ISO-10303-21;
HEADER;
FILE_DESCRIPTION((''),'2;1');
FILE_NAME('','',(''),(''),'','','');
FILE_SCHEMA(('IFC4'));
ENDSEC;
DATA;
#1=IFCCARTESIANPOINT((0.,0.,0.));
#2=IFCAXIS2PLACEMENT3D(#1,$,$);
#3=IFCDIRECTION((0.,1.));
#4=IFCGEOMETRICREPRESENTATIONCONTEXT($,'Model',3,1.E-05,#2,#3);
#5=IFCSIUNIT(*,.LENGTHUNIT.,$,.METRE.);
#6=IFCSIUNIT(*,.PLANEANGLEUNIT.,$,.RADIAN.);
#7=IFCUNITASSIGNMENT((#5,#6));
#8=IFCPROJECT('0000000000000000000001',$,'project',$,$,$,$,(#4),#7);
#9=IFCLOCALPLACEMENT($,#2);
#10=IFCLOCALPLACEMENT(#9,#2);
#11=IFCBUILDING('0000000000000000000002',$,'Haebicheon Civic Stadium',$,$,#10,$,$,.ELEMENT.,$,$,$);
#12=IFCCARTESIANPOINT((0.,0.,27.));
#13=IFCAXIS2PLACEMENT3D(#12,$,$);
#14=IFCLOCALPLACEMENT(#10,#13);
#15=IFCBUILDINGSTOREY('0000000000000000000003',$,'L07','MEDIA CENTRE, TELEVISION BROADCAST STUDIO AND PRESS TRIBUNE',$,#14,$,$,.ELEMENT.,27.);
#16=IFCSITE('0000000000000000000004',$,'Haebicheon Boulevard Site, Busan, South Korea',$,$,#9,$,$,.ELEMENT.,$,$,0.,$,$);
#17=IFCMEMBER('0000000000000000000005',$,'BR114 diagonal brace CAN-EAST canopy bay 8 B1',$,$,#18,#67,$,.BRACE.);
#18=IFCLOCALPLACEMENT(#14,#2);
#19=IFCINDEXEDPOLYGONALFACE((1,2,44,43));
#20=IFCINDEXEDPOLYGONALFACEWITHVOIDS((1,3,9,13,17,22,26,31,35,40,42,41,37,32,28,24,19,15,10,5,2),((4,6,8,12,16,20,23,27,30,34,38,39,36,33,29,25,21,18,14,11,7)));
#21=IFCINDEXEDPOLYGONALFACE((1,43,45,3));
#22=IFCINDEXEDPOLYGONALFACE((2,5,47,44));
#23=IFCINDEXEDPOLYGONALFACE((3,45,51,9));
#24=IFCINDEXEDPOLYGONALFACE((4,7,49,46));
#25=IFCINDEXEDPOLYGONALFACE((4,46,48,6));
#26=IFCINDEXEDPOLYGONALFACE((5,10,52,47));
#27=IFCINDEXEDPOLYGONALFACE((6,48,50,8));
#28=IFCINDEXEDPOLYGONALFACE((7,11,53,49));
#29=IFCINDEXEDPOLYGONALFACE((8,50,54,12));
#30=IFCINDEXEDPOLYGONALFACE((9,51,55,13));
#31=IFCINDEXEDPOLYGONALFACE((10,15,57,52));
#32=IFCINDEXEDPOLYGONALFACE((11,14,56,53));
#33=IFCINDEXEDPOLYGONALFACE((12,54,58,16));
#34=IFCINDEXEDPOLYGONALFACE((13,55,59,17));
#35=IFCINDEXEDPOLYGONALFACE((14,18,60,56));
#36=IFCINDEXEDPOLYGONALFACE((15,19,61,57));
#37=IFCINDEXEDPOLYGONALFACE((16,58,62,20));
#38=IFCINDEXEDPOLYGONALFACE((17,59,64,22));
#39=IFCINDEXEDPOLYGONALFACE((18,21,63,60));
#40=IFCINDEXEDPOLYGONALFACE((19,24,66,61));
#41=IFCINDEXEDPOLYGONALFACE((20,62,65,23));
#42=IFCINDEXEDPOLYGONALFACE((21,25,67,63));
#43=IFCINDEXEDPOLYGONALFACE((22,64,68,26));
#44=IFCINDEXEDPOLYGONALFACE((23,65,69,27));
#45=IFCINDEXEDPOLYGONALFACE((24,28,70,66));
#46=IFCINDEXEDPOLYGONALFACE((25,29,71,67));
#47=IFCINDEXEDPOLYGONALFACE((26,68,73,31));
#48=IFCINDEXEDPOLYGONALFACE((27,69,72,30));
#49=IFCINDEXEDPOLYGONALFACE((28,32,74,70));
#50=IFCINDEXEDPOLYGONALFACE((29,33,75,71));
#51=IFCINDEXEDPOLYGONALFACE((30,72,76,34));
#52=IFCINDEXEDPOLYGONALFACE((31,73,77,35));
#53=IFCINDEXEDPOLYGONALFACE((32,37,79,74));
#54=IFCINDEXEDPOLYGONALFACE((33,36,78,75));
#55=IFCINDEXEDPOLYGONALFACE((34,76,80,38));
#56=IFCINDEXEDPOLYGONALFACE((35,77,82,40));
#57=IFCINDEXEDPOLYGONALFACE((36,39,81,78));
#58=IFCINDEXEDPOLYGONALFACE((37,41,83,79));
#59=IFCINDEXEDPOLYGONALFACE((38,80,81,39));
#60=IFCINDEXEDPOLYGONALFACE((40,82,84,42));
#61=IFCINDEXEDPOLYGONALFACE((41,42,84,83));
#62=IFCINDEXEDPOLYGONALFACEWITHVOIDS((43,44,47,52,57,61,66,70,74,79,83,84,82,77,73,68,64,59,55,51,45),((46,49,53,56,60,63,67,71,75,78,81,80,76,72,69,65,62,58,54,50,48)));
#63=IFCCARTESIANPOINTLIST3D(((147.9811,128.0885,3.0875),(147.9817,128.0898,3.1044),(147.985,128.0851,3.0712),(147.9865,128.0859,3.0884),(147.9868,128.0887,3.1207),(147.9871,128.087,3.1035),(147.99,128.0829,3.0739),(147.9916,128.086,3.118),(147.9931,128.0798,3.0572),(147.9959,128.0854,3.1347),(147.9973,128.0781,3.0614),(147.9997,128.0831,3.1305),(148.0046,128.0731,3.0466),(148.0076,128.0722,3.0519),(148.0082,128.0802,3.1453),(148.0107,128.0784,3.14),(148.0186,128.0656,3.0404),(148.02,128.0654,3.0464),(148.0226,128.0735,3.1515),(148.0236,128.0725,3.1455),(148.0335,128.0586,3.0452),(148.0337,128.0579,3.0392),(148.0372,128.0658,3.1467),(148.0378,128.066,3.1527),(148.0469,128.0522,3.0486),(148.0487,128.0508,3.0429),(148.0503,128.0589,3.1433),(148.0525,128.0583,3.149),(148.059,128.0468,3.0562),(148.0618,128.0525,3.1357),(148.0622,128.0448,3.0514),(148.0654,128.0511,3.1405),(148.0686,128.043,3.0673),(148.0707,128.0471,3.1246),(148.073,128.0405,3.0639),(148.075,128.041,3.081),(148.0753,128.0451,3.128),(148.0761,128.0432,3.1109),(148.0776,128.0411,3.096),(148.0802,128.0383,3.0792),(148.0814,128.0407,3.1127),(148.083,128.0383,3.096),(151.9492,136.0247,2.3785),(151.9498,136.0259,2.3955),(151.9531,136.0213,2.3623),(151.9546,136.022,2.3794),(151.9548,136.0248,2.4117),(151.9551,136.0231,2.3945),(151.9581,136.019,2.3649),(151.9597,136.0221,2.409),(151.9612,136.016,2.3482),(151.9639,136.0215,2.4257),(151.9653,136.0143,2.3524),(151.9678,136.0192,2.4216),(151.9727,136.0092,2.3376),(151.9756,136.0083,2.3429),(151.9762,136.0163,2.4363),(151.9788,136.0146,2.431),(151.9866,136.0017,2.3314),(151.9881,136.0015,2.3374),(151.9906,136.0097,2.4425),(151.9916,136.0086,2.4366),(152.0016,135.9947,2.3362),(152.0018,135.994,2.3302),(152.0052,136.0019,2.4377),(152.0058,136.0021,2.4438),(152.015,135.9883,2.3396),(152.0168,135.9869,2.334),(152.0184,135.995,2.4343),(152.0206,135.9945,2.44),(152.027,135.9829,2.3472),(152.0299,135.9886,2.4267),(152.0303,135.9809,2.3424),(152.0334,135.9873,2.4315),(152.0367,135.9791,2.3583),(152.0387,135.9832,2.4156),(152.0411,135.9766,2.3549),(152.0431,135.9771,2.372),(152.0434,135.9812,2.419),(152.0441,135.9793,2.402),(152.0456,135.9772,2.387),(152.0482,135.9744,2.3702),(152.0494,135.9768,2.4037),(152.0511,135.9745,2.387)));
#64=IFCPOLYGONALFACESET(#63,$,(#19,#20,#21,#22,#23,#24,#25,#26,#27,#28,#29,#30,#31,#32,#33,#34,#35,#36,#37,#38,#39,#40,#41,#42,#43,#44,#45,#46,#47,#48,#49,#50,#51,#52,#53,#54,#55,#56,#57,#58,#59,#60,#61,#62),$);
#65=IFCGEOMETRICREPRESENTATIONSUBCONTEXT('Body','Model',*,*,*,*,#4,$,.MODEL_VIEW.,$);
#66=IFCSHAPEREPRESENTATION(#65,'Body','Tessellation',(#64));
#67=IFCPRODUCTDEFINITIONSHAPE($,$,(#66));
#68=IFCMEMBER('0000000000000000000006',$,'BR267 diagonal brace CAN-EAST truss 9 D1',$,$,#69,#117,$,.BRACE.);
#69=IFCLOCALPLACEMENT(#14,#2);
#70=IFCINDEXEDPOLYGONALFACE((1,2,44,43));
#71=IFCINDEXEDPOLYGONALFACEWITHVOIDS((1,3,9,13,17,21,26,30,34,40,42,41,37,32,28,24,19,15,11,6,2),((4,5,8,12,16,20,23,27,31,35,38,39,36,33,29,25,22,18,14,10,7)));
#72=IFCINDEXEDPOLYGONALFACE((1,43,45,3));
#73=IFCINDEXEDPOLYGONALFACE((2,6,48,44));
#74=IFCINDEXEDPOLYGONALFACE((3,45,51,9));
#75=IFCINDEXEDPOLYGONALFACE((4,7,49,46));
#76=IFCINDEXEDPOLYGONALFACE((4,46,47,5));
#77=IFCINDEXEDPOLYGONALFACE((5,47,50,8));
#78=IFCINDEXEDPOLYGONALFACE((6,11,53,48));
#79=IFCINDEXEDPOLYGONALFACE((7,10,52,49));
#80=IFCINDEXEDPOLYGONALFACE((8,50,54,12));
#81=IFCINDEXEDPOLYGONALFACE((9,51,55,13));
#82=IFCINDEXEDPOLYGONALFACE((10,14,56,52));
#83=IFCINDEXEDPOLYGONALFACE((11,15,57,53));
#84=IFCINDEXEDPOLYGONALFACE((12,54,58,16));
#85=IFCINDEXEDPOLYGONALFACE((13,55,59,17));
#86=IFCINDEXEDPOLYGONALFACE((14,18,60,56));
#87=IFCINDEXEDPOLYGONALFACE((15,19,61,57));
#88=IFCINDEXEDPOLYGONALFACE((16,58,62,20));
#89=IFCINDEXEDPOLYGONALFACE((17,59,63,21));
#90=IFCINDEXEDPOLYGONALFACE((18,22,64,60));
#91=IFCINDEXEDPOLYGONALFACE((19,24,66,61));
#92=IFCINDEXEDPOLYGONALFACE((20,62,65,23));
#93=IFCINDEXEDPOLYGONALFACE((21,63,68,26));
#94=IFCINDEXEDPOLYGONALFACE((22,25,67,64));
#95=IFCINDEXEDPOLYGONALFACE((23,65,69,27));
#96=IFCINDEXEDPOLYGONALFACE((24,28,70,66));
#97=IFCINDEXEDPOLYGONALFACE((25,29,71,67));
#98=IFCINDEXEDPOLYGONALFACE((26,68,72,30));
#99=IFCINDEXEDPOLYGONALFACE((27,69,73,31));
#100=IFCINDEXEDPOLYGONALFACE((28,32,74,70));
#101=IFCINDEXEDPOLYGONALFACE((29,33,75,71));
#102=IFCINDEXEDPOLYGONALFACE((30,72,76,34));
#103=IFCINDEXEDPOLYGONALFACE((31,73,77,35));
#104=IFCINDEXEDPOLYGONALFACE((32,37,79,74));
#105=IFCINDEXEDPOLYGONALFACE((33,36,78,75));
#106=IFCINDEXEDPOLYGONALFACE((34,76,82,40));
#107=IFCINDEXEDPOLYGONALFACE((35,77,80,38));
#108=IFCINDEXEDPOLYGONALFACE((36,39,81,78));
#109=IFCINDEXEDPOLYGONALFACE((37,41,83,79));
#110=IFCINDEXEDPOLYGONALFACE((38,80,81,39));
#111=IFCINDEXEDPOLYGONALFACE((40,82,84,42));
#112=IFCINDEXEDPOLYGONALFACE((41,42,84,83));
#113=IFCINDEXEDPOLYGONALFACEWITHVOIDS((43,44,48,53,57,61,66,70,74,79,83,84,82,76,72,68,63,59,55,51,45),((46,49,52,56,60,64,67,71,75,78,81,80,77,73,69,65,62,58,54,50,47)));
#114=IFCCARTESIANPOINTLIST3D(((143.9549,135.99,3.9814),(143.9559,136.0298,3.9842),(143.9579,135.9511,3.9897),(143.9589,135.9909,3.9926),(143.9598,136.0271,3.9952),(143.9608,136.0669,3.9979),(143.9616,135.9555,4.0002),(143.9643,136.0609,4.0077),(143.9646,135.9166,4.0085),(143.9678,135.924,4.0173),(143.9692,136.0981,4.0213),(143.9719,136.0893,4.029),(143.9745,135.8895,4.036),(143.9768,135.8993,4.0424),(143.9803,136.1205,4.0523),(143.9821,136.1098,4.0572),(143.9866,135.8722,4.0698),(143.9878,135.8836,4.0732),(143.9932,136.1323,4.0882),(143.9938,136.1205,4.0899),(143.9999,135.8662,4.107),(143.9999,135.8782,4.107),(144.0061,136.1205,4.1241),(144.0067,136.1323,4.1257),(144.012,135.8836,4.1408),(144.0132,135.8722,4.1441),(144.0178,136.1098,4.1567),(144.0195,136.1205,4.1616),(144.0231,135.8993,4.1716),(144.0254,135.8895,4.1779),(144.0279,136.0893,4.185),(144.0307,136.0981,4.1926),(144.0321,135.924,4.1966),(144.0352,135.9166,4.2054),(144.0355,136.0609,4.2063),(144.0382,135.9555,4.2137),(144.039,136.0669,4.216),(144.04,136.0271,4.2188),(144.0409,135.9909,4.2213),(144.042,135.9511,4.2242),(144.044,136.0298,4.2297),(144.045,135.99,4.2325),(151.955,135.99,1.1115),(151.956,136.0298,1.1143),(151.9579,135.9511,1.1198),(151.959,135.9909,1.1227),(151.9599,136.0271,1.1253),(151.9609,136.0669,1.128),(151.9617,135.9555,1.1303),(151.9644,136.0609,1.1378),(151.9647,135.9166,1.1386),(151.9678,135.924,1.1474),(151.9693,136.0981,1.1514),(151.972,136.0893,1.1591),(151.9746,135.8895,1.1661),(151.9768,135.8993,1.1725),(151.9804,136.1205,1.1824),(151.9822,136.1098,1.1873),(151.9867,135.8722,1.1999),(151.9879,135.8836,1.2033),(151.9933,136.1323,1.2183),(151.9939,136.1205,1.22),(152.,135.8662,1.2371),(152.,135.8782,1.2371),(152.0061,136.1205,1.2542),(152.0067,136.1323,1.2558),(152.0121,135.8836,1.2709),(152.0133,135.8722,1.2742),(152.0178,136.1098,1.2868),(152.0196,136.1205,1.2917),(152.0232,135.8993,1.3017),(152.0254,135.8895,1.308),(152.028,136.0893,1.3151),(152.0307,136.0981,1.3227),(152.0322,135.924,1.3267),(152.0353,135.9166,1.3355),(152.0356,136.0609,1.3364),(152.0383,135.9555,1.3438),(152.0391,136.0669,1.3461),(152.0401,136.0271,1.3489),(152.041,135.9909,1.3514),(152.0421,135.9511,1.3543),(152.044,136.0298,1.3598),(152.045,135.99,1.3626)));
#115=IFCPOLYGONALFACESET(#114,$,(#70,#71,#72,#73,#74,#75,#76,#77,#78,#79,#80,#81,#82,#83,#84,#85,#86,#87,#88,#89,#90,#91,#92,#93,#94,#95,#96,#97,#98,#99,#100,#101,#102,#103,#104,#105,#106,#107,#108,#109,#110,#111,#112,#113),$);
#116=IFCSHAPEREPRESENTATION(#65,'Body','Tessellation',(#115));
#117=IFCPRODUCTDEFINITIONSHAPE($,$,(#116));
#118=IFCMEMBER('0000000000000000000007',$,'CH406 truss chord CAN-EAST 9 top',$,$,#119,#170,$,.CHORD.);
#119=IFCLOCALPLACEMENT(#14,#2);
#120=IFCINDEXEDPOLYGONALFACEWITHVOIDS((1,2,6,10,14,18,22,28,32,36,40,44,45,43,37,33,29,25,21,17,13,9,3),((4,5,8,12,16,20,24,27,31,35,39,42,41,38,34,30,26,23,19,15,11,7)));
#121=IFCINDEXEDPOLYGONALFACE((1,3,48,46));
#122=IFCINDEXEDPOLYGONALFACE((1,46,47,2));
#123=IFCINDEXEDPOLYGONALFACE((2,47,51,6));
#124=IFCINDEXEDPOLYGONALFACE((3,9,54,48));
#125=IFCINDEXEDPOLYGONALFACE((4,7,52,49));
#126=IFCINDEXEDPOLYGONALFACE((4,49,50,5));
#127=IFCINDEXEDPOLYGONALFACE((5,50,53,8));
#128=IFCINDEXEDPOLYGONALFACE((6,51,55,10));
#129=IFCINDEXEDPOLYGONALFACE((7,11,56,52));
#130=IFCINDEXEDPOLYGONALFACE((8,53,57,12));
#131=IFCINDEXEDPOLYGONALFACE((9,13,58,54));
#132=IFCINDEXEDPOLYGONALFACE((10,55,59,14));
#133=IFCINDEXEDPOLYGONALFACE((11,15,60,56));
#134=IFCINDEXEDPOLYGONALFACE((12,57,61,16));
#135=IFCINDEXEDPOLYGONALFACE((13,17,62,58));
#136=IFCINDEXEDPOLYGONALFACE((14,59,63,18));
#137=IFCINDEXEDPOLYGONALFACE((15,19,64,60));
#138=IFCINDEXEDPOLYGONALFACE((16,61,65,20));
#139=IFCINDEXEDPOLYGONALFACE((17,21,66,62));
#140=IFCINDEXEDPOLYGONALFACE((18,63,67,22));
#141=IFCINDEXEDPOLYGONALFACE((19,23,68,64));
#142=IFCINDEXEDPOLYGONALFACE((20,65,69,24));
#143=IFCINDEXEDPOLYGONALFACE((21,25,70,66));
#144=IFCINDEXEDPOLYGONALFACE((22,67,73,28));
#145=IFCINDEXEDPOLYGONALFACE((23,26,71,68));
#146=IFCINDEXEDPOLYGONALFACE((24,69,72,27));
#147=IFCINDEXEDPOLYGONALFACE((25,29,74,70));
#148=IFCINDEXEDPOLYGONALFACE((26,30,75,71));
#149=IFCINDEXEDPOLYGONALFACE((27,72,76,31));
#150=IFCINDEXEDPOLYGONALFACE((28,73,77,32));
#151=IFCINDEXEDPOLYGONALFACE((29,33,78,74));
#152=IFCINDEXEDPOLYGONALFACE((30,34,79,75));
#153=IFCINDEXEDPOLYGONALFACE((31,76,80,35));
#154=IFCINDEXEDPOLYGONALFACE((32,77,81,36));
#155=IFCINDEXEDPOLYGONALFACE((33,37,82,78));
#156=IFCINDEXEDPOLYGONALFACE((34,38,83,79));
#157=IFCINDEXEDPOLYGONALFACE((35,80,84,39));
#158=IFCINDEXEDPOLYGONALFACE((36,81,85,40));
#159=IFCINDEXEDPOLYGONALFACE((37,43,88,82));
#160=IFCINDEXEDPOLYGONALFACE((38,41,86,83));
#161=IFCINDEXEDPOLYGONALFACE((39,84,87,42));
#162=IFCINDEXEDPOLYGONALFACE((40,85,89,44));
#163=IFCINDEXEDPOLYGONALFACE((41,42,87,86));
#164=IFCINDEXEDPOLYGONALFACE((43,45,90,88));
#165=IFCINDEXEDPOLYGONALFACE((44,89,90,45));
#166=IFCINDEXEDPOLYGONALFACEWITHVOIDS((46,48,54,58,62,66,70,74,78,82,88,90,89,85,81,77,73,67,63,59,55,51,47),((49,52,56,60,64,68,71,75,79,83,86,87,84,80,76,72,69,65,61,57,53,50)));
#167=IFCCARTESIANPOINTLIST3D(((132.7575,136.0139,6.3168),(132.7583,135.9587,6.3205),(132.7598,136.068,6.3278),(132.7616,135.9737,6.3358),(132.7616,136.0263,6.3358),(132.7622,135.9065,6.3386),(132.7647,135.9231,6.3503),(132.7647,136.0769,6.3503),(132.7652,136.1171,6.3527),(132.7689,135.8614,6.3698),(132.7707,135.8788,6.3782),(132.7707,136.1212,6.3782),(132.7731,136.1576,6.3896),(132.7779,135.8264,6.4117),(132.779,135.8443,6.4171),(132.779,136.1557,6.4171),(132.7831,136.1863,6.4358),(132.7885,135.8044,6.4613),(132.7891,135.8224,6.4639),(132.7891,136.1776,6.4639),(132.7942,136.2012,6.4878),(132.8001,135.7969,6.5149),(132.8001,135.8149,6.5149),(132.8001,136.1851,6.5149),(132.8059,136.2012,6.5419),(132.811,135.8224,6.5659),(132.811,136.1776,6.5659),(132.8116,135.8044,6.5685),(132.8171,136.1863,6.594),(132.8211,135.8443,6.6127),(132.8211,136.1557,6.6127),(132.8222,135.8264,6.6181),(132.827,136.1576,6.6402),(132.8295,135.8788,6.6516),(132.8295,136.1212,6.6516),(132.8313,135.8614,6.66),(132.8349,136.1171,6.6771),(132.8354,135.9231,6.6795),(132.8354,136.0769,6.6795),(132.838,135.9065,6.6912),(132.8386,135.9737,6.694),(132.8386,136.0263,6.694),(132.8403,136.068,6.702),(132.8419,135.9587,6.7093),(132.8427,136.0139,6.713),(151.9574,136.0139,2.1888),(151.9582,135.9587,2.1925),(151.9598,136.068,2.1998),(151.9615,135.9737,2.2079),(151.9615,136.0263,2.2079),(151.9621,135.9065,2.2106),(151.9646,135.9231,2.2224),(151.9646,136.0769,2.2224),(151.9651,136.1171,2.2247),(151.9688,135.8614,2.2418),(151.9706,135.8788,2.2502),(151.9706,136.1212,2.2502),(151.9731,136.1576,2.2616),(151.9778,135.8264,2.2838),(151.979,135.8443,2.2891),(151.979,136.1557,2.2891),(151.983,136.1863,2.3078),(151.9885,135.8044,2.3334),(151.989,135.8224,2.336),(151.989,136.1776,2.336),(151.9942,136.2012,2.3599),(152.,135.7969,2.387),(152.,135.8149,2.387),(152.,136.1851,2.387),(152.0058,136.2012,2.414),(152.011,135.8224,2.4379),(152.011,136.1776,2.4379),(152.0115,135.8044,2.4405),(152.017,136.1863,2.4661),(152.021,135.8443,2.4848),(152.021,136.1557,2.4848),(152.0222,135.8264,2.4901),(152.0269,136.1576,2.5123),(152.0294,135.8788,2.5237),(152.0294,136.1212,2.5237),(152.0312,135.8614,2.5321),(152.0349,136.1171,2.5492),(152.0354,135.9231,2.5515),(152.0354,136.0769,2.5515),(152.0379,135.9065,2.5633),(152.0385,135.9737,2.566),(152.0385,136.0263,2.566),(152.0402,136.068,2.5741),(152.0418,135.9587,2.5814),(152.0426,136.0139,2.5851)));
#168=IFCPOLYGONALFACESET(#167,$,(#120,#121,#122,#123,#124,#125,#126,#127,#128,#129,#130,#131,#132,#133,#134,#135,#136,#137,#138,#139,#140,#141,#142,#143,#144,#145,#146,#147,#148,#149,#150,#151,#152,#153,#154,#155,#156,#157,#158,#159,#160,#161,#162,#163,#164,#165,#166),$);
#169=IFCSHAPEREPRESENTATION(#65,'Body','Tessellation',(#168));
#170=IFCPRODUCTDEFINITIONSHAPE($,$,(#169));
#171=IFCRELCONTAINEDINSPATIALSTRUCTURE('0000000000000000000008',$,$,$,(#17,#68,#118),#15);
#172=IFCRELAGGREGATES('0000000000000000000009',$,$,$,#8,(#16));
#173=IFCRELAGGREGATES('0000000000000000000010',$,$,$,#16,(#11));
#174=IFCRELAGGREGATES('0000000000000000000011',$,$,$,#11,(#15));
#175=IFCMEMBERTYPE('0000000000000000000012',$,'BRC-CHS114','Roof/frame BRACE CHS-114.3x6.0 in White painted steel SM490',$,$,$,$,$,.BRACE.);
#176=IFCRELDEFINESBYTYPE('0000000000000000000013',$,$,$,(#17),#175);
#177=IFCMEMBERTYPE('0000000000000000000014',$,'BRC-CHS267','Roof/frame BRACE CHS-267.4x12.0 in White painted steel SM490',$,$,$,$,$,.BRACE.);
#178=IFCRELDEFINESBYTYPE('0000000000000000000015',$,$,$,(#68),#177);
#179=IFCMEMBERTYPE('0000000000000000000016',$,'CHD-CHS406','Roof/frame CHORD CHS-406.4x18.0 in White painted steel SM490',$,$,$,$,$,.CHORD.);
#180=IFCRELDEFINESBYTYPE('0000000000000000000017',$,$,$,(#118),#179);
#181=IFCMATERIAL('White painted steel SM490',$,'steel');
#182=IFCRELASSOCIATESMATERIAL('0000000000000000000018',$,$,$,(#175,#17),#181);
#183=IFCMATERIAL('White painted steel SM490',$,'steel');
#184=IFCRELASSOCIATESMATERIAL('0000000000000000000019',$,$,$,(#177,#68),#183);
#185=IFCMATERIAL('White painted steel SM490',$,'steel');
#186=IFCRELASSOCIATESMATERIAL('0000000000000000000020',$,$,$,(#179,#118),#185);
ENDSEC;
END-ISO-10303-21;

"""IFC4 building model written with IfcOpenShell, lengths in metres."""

from ifc_helpers import new_model, si_unit, direction, frame, origin, origin_2d, place, context, subcontext, project, spatial, hollow_circle, extrude, material, material_profile, profile_set, type_object, element, save


model = new_model("IFC4")

# Units and contexts
model_context = context("Model", 3, precision=1e-05, world=origin(), true_north=direction((0.0, 1.0)))
body_context = subcontext(model_context, "Body", "Model", "MODEL_VIEW")
ifc_project = project(units=[si_unit("LENGTHUNIT", "METRE"), si_unit("PLANEANGLEUNIT", "RADIAN")], contexts=[model_context])

# Site, building, storey
site_placement = place(None, origin())
site = spatial("IfcSite", under=ifc_project, at=site_placement, Name="Haebicheon Boulevard Site, Busan, South Korea", CompositionType="ELEMENT", RefElevation=0.0)
building_placement = place(site_placement, origin())
building = spatial("IfcBuilding", under=site, at=building_placement, Name="Haebicheon Civic Stadium", CompositionType="ELEMENT")
storey_placement = place(building_placement, frame((0.0, 0.0, 27.0)))
storey = spatial("IfcBuildingStorey", under=building, at=storey_placement, Name="L07", Description="MEDIA CENTRE, TELEVISION BROADCAST STUDIO AND PRESS TRIBUNE", CompositionType="ELEMENT", Elevation=27.0)

# Members
ifc_material_1 = material(Name="White painted steel SM490", Category="steel")
ifc_material_profile_1 = material_profile(ifc_material_1, hollow_circle(Radius=0.0571, WallThickness=0.0061, at=origin_2d()), Name="CHS-114.3x6.0")
ifc_profile_set_1 = profile_set([ifc_material_profile_1], Name="White painted steel SM490")
member_type_1 = type_object("IfcMemberType", Name="BRC-CHS114", Description="Roof/frame BRACE CHS-114.3x6.0 in White painted steel SM490", PredefinedType="BRACE", material=ifc_profile_set_1)
member_1_placement = place(storey_placement, frame((152.0, 136.0, 2.387), z_axis=(-0.445793, -0.891585, 0.079652), x_axis=(0.894427, -0.447214, 0.0)))
element("IfcMember", 1, at=member_1_placement, inside=storey, type_object=member_type_1, material=ifc_profile_set_1, Name="BR114 diagonal brace CAN-EAST canopy bay 8 B1", PredefinedType="BRACE", context=body_context, shape_type="SweptSolid", body=[
    extrude(hollow_circle(Radius=0.0571, WallThickness=0.0061, at=origin_2d()), origin(), (0.0, 0.0, 1.0), 8.9011),
])
ifc_material_2 = material(Name="White painted steel SM490", Category="steel")
ifc_material_profile_2 = material_profile(ifc_material_2, hollow_circle(Radius=0.1338, WallThickness=0.012, at=origin_2d()), Name="CHS-267.4x12.0")
ifc_profile_set_2 = profile_set([ifc_material_profile_2], Name="White painted steel SM490")
member_type_2 = type_object("IfcMemberType", Name="BRC-CHS267", Description="Roof/frame BRACE CHS-267.4x12.0 in White painted steel SM490", PredefinedType="BRACE", material=ifc_profile_set_2)
member_2_placement = place(storey_placement, frame((152.0, 136.0, 1.2371), z_axis=(-0.941267, 0.0, 0.337664), x_axis=(0.0, -1.0, 0.0)))
element("IfcMember", 2, at=member_2_placement, inside=storey, type_object=member_type_2, material=ifc_profile_set_2, Name="BR267 diagonal brace CAN-EAST truss 9 D1", PredefinedType="BRACE", context=body_context, shape_type="SweptSolid", body=[
    extrude(hollow_circle(Radius=0.1338, WallThickness=0.012, at=origin_2d()), origin(), (0.0, 0.0, 1.0), 8.4993),
])
ifc_material_3 = material(Name="White painted steel SM490", Category="steel")
ifc_material_profile_3 = material_profile(ifc_material_3, hollow_circle(Radius=0.2031, WallThickness=0.0181, at=origin_2d()), Name="CHS-406.4x18.0")
ifc_profile_set_3 = profile_set([ifc_material_profile_3], Name="White painted steel SM490")
member_type_3 = type_object("IfcMemberType", Name="CHD-CHS406", Description="Roof/frame CHORD CHS-406.4x18.0 in White painted steel SM490", PredefinedType="CHORD", material=ifc_profile_set_3)
member_3_placement = place(storey_placement, frame((152.0, 136.0, 2.387), z_axis=(-0.97766, 0.0, 0.210194), x_axis=(0.0, -1.0, 0.0)))
element("IfcMember", 3, at=member_3_placement, inside=storey, type_object=member_type_3, material=ifc_profile_set_3, Name="CH406 truss chord CAN-EAST 9 top", PredefinedType="CHORD", context=body_context, shape_type="SweptSolid", body=[
    extrude(hollow_circle(Radius=0.2031, WallThickness=0.0181, at=origin_2d()), origin(), (0.0, 0.0, 1.0), 19.6387),
])

save(model, "model.ifc")
